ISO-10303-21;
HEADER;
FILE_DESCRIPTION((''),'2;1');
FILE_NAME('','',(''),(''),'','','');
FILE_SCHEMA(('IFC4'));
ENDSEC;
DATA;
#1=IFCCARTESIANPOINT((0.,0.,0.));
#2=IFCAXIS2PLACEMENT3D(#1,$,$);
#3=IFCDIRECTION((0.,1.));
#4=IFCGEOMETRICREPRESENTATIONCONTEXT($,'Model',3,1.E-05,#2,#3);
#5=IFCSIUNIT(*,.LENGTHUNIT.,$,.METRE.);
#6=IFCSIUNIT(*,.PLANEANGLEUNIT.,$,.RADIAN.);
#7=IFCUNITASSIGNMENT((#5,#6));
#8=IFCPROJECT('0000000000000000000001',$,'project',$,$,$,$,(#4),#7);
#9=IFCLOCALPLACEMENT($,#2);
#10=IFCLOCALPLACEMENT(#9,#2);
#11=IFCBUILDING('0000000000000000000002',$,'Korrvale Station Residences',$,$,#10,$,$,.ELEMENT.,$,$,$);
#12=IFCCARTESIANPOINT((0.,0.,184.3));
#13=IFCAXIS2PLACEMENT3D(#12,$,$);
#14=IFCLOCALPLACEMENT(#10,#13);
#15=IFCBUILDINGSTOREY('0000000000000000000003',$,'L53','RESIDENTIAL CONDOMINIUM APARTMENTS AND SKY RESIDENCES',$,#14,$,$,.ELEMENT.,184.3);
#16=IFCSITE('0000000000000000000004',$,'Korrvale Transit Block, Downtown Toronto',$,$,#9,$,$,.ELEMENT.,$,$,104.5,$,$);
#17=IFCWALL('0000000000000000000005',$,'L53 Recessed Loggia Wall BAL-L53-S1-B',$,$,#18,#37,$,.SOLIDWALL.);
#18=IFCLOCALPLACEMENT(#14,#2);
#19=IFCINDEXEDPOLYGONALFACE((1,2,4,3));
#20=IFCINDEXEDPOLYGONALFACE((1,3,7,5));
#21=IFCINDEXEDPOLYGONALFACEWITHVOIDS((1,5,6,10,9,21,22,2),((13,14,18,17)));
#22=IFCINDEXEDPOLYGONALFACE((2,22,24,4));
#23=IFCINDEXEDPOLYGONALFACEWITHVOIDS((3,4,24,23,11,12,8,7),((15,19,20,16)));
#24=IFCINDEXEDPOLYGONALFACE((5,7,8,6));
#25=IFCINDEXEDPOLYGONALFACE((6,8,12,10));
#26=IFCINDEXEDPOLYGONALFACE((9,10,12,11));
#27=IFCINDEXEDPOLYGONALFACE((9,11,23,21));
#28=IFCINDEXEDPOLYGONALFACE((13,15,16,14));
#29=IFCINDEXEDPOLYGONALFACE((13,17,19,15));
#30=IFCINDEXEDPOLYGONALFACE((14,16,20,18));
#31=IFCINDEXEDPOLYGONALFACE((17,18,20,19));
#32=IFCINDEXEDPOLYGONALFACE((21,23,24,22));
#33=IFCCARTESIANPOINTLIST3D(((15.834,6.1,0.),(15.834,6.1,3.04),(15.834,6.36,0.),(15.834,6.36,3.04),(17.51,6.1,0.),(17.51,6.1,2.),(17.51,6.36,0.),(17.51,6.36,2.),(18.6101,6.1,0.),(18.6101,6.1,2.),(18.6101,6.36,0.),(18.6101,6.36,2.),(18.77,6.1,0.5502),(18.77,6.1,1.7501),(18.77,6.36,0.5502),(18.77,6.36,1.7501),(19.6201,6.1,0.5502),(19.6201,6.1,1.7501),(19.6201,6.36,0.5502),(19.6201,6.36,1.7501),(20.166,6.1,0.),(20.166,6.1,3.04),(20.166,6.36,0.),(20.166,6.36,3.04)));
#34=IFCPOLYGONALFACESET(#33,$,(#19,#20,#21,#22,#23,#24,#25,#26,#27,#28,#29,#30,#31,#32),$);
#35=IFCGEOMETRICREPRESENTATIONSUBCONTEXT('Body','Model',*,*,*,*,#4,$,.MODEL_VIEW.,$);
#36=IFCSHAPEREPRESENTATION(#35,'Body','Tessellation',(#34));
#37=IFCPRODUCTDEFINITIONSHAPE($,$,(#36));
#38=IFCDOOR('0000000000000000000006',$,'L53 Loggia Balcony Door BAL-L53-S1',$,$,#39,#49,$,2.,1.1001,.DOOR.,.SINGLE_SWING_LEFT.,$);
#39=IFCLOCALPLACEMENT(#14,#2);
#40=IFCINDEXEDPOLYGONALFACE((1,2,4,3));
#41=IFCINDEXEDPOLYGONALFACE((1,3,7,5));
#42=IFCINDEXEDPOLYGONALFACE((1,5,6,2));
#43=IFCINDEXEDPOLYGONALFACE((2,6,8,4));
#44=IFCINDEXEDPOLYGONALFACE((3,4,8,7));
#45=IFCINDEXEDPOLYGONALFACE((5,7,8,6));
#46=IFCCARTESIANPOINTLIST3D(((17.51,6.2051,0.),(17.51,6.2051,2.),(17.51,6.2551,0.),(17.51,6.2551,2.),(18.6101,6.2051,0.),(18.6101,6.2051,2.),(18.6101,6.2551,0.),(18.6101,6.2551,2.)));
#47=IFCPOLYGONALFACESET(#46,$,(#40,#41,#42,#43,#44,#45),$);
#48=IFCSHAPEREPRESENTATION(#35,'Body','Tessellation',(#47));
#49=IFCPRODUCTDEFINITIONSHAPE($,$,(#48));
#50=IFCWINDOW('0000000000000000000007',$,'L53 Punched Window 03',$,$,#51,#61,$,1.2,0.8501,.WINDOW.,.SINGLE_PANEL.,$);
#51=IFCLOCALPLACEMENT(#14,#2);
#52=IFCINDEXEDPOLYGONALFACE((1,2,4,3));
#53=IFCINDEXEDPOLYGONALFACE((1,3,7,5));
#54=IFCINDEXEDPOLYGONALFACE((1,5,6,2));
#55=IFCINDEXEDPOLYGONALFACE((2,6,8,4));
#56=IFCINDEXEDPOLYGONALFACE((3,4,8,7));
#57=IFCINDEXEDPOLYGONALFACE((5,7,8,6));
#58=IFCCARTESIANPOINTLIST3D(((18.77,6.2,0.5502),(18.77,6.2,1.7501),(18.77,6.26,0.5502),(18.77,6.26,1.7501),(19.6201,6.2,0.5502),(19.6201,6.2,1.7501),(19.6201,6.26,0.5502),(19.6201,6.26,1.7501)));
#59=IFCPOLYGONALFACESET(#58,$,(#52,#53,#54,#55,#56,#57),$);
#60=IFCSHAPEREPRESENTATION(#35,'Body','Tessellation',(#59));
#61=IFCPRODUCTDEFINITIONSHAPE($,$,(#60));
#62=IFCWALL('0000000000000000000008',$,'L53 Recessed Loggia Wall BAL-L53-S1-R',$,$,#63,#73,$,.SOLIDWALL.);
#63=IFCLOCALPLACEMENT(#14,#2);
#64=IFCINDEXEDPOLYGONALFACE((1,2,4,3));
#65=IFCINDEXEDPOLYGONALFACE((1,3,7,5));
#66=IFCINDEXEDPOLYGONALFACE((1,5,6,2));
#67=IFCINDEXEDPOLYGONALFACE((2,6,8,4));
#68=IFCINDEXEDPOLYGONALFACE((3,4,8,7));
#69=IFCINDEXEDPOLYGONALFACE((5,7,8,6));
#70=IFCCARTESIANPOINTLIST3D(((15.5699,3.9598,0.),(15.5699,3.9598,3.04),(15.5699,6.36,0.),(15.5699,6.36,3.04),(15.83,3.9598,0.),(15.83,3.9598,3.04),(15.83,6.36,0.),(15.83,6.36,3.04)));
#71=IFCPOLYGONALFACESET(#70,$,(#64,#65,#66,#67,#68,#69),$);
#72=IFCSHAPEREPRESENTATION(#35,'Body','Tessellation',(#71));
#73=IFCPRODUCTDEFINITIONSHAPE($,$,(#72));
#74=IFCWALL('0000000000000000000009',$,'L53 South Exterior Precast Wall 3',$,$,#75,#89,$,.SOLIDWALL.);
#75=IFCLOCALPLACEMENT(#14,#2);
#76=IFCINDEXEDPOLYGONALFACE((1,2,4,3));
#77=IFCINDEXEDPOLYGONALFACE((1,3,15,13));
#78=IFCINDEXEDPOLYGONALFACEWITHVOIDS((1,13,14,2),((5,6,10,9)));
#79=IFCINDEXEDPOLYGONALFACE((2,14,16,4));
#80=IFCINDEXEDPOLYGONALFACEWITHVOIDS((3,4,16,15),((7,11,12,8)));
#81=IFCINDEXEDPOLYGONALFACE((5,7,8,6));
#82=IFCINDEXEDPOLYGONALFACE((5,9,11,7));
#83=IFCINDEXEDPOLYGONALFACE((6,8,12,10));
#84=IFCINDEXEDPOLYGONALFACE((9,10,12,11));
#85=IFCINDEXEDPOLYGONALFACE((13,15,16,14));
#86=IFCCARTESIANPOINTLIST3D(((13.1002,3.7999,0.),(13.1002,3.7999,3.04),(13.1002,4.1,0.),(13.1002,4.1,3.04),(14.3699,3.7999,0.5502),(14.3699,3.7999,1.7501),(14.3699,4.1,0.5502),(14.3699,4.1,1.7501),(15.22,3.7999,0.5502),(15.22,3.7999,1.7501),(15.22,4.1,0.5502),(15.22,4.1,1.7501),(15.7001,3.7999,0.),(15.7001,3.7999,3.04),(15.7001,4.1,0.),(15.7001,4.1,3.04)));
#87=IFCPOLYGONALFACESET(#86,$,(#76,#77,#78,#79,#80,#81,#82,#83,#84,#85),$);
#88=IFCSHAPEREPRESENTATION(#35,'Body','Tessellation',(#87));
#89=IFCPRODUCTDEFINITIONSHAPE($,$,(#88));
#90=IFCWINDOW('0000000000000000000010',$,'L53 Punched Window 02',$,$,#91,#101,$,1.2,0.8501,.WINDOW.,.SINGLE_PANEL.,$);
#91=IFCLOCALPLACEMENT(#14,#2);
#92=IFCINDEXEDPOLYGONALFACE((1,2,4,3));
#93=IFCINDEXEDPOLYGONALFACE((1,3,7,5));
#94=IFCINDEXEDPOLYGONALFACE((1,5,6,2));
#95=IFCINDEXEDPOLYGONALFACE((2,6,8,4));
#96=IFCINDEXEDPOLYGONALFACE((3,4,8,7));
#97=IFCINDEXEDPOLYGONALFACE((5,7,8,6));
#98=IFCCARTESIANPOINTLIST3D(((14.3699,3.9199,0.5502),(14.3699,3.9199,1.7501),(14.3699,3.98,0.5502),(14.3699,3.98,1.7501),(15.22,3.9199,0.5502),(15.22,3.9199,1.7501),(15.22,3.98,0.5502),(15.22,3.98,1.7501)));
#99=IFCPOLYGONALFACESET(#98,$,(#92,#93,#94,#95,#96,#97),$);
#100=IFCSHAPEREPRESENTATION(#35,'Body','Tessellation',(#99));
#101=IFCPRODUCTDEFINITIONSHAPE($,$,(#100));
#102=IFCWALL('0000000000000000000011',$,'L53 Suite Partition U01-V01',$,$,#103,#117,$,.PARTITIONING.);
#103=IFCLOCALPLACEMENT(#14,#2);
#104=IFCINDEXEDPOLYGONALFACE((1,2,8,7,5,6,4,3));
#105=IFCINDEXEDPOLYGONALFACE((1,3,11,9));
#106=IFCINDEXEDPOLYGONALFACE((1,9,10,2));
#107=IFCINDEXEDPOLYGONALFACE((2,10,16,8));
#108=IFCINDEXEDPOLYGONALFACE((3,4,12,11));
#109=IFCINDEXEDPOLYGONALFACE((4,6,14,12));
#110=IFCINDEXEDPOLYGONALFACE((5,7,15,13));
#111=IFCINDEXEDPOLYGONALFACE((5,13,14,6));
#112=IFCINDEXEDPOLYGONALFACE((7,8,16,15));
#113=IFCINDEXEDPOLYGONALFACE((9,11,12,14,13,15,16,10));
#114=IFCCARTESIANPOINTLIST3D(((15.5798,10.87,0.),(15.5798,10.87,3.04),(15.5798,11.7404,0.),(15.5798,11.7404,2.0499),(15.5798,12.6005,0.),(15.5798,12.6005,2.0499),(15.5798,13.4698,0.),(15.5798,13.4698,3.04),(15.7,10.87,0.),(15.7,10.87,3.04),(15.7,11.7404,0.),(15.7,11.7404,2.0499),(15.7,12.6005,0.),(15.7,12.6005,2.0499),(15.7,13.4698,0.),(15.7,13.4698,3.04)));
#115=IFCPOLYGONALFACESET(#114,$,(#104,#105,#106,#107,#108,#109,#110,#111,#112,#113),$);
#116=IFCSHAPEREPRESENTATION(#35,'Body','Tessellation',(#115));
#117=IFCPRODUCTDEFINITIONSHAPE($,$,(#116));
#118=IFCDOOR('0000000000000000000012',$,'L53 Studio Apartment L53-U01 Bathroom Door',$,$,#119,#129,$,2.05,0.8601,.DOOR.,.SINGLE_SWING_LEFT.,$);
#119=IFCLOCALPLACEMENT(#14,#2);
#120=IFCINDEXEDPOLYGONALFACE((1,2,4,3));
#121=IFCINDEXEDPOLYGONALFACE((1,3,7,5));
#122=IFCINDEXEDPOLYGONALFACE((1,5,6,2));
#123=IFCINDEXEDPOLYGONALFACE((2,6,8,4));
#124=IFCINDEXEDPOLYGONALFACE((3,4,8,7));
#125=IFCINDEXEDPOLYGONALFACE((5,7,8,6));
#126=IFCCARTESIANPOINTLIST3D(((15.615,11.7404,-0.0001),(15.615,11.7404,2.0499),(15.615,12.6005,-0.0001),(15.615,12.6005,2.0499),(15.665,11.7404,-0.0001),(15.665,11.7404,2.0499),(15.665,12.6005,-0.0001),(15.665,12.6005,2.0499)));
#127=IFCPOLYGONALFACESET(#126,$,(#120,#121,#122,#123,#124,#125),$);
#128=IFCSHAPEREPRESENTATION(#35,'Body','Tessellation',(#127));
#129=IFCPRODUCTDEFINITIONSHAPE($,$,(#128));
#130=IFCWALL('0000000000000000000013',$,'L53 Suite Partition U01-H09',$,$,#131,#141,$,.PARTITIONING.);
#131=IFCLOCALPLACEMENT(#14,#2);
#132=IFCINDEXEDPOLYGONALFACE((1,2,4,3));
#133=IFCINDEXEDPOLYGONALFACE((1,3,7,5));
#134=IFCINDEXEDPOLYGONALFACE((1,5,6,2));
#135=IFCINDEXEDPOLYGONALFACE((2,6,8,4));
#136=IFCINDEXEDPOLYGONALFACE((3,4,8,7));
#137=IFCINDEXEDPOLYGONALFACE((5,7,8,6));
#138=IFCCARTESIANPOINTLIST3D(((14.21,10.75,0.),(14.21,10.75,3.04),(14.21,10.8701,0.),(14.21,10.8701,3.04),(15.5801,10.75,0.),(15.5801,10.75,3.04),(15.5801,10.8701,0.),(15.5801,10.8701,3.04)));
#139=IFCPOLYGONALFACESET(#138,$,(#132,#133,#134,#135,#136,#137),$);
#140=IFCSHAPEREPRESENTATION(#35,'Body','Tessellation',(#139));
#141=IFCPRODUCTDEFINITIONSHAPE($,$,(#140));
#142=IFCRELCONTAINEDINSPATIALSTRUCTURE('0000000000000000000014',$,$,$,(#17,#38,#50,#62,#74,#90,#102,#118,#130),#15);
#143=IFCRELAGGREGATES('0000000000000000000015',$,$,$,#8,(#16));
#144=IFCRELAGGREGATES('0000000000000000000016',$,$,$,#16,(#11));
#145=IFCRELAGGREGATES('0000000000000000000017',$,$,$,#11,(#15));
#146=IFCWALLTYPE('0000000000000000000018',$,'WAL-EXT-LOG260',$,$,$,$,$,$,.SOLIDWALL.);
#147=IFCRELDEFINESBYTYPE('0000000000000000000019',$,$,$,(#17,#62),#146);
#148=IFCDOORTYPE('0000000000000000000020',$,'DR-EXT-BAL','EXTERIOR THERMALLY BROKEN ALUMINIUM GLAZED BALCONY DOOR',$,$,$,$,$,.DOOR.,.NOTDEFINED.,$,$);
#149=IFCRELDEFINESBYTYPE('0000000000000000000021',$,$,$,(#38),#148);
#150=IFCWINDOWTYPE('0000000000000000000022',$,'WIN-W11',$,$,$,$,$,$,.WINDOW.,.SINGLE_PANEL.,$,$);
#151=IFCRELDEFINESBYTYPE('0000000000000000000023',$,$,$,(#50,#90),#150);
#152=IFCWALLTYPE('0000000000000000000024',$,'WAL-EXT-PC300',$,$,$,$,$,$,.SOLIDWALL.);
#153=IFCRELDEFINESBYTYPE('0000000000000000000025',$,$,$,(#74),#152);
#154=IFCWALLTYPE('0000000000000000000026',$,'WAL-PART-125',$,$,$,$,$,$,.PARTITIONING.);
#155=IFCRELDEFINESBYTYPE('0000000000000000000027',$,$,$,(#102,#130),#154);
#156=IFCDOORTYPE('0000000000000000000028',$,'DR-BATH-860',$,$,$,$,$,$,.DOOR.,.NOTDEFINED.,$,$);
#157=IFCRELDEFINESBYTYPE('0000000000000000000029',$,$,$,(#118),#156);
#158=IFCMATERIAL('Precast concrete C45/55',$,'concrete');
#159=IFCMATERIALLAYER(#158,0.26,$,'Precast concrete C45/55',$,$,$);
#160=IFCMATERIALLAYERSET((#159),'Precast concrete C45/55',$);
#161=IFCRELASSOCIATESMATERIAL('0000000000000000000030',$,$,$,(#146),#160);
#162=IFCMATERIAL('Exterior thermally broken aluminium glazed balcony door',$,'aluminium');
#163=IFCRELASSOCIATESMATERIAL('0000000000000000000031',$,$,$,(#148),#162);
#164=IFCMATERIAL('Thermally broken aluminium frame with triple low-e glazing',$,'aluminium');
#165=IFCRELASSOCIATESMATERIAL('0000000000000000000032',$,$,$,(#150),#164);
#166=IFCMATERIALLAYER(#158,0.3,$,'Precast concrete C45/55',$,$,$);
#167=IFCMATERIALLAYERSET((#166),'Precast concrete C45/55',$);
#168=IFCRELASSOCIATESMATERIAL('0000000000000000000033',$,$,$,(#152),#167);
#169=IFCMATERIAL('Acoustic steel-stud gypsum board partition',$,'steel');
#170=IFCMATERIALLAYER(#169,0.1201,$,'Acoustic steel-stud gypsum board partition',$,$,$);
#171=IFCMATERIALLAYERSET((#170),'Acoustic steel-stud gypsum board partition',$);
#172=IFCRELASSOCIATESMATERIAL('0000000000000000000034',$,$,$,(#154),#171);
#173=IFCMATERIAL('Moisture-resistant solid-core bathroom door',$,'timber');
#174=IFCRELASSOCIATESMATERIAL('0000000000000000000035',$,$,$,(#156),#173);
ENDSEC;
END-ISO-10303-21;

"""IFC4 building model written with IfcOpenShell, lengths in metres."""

from ifc_helpers import new_model, si_unit, direction, frame, frame_2d, origin, place, context, subcontext, project, spatial, rectangle, extrude, material, layer, layer_set, type_object, element, fill, save


model = new_model("IFC4")

# Units and contexts
model_context = context("Model", 3, precision=1e-05, world=origin(), true_north=direction((0.0, 1.0)))
body_context = subcontext(model_context, "Body", "Model", "MODEL_VIEW")
ifc_project = project(units=[si_unit("LENGTHUNIT", "METRE"), si_unit("PLANEANGLEUNIT", "RADIAN")], contexts=[model_context])

# Site, building, storey
site_placement = place(None, origin())
site = spatial("IfcSite", under=ifc_project, at=site_placement, Name="Korrvale Transit Block, Downtown Toronto", CompositionType="ELEMENT", RefElevation=104.5)
building_placement = place(site_placement, origin())
building = spatial("IfcBuilding", under=site, at=building_placement, Name="Korrvale Station Residences", CompositionType="ELEMENT")
storey_placement = place(building_placement, frame((0.0, 0.0, 184.3)))
storey = spatial("IfcBuildingStorey", under=building, at=storey_placement, Name="L53", Description="RESIDENTIAL CONDOMINIUM APARTMENTS AND SKY RESIDENCES", CompositionType="ELEMENT", Elevation=184.3)

# Shared definitions
ifc_material_1 = material(Name="Precast concrete C45/55", Category="concrete")
ifc_layer_1 = layer(ifc_material_1, 0.26, Name="Precast concrete C45/55")
ifc_layer_set_1 = layer_set([ifc_layer_1], Name="Precast concrete C45/55")
wall_type_1 = type_object("IfcWallType", Name="WAL-EXT-LOG260", PredefinedType="SOLIDWALL", material=ifc_layer_set_1)

# Wall, openings, door, window
wall_1_placement = place(storey_placement, frame((20.166, 6.23, 0.0), z_axis=(0.0, 0.0, 1.0), x_axis=(-1.0, 0.0, 0.0)))
wall_1 = element("IfcWall", 1, at=wall_1_placement, inside=storey, type_object=wall_type_1, Name="L53 Recessed Loggia Wall BAL-L53-S1-B", PredefinedType="SOLIDWALL", context=body_context, shape_type="SweptSolid", body=[
    extrude(rectangle(XDim=4.332, YDim=0.26, at=frame_2d((2.166, 0.0))), origin(), (0.0, 0.0, 1.0), 3.04),
])
opening_1_placement = place(wall_1_placement, frame((1.5559, 0.0, 0.0)))
opening_1 = element("IfcOpeningElement", 2, at=opening_1_placement, cuts=wall_1, PredefinedType="OPENING", context=body_context, shape_type="SweptSolid", body=[
    extrude(rectangle(XDim=1.1001, YDim=2.0, at=frame_2d((0.55, 1.0))), frame((0.0, 0.1401, 0.0), z_axis=(0.0, -1.0, 0.0), x_axis=(1.0, 0.0, 0.0)), (0.0, 0.0, 1.0), 0.28),
])
opening_2_placement = place(wall_1_placement, frame((0.5459, 0.0, 0.55)))
opening_2 = element("IfcOpeningElement", 3, at=opening_2_placement, cuts=wall_1, PredefinedType="OPENING", context=body_context, shape_type="SweptSolid", body=[
    extrude(rectangle(XDim=0.8501, YDim=1.2, at=frame_2d((0.425, 0.6001))), frame((0.0, 0.1401, 0.0), z_axis=(0.0, -1.0, 0.0), x_axis=(1.0, 0.0, 0.0)), (0.0, 0.0, 1.0), 0.28),
])
ifc_material_2 = material(Name="Exterior thermally broken aluminium glazed balcony door", Category="aluminium")
door_type_1 = type_object("IfcDoorType", Name="DR-EXT-BAL", Description="EXTERIOR THERMALLY BROKEN ALUMINIUM GLAZED BALCONY DOOR", OperationType="NOTDEFINED", PredefinedType="DOOR", material=ifc_material_2)
door_1_placement = place(opening_1_placement, origin())
door_1 = element("IfcDoor", 4, at=door_1_placement, inside=storey, type_object=door_type_1, Name="L53 Loggia Balcony Door BAL-L53-S1", OperationType="SINGLE_SWING_LEFT", OverallHeight=2.0, OverallWidth=1.1001, PredefinedType="DOOR", context=body_context, shape_type="SweptSolid", body=[
    extrude(rectangle(XDim=1.1001, YDim=2.0, at=frame_2d((0.55, 1.0))), frame((0.0, 0.0249, 0.0), z_axis=(0.0, -1.0, 0.0), x_axis=(1.0, 0.0, 0.0)), (0.0, 0.0, 1.0), 0.05),
])
fill(opening_1, door_1)
ifc_material_3 = material(Name="Thermally broken aluminium frame with triple low-e glazing", Category="aluminium")
window_type = type_object("IfcWindowType", Name="WIN-W11", PartitioningType="SINGLE_PANEL", PredefinedType="WINDOW", material=ifc_material_3)
window_1_placement = place(opening_2_placement, origin())
window_1 = element("IfcWindow", 5, at=window_1_placement, inside=storey, type_object=window_type, Name="L53 Punched Window 03", OverallHeight=1.2, OverallWidth=0.8501, PartitioningType="SINGLE_PANEL", PredefinedType="WINDOW", context=body_context, shape_type="SweptSolid", body=[
    extrude(rectangle(XDim=0.8501, YDim=1.2, at=frame_2d((0.425, 0.6001))), frame((0.0, 0.03, 0.0), z_axis=(0.0, -1.0, 0.0), x_axis=(1.0, 0.0, 0.0)), (0.0, 0.0, 1.0), 0.0601),
])
fill(opening_2, window_1)

# Wall
wall_2_placement = place(storey_placement, frame((15.7, 6.3601, 0.0), z_axis=(0.0, 0.0, 1.0), x_axis=(0.0, -1.0, 0.0)))
element("IfcWall", 6, at=wall_2_placement, inside=storey, type_object=wall_type_1, Name="L53 Recessed Loggia Wall BAL-L53-S1-R", PredefinedType="SOLIDWALL", context=body_context, shape_type="SweptSolid", body=[
    extrude(rectangle(XDim=2.4001, YDim=0.26, at=frame_2d((1.2002, 0.0))), origin(), (0.0, 0.0, 1.0), 3.04),
])

# Wall, opening, window
ifc_layer_2 = layer(ifc_material_1, 0.3, Name="Precast concrete C45/55")
ifc_layer_set_2 = layer_set([ifc_layer_2], Name="Precast concrete C45/55")
wall_type_2 = type_object("IfcWallType", Name="WAL-EXT-PC300", PredefinedType="SOLIDWALL", material=ifc_layer_set_2)
wall_3_placement = place(storey_placement, frame((15.7, 3.95, 0.0), z_axis=(0.0, 0.0, 1.0), x_axis=(-1.0, 0.0, 0.0)))
wall_3 = element("IfcWall", 7, at=wall_3_placement, inside=storey, type_object=wall_type_2, Name="L53 South Exterior Precast Wall 3", PredefinedType="SOLIDWALL", context=body_context, shape_type="SweptSolid", body=[
    extrude(rectangle(XDim=2.5999, YDim=0.3, at=frame_2d((1.2998, 0.0))), origin(), (0.0, 0.0, 1.0), 3.04),
])
opening_3_placement = place(wall_3_placement, frame((0.48, 0.0, 0.55)))
opening_3 = element("IfcOpeningElement", 8, at=opening_3_placement, cuts=wall_3, PredefinedType="OPENING", context=body_context, shape_type="SweptSolid", body=[
    extrude(rectangle(XDim=0.8501, YDim=1.2, at=frame_2d((0.425, 0.6001))), frame((0.0, 0.1602, 0.0), z_axis=(0.0, -1.0, 0.0), x_axis=(1.0, 0.0, 0.0)), (0.0, 0.0, 1.0), 0.3201),
])
window_2_placement = place(opening_3_placement, origin())
window_2 = element("IfcWindow", 9, at=window_2_placement, inside=storey, type_object=window_type, Name="L53 Punched Window 02", OverallHeight=1.2, OverallWidth=0.8501, PartitioningType="SINGLE_PANEL", PredefinedType="WINDOW", context=body_context, shape_type="SweptSolid", body=[
    extrude(rectangle(XDim=0.8501, YDim=1.2, at=frame_2d((0.425, 0.6001))), frame((0.0, 0.03, 0.0), z_axis=(0.0, -1.0, 0.0), x_axis=(1.0, 0.0, 0.0)), (0.0, 0.0, 1.0), 0.0601),
])
fill(opening_3, window_2)

# Wall, opening, door
ifc_material_4 = material(Name="Acoustic steel-stud gypsum board partition", Category="steel")
ifc_layer_3 = layer(ifc_material_4, 0.1201, Name="Acoustic steel-stud gypsum board partition")
ifc_layer_set_3 = layer_set([ifc_layer_3], Name="Acoustic steel-stud gypsum board partition")
wall_type_3 = type_object("IfcWallType", Name="WAL-PART-125", PredefinedType="PARTITIONING", material=ifc_layer_set_3)
wall_4_placement = place(storey_placement, frame((15.6399, 10.8701, 0.0), z_axis=(0.0, 0.0, 1.0), x_axis=(0.0, 1.0, 0.0)))
wall_4 = element("IfcWall", 10, at=wall_4_placement, inside=storey, type_object=wall_type_3, Name="L53 Suite Partition U01-V01", PredefinedType="PARTITIONING", context=body_context, shape_type="SweptSolid", body=[
    extrude(rectangle(XDim=2.5999, YDim=0.1201, at=frame_2d((1.2998, 0.0))), origin(), (0.0, 0.0, 1.0), 3.04),
])
opening_4_placement = place(wall_4_placement, frame((0.8701, 0.0, 0.0)))
opening_4 = element("IfcOpeningElement", 11, at=opening_4_placement, cuts=wall_4, PredefinedType="OPENING", context=body_context, shape_type="SweptSolid", body=[
    extrude(rectangle(XDim=0.8601, YDim=2.05, at=frame_2d((0.4302, 1.0249))), frame((0.0, 0.0701, 0.0), z_axis=(0.0, -1.0, 0.0), x_axis=(1.0, 0.0, 0.0)), (0.0, 0.0, 1.0), 0.1401),
])
ifc_material_5 = material(Name="Moisture-resistant solid-core bathroom door", Category="timber")
door_type_2 = type_object("IfcDoorType", Name="DR-BATH-860", OperationType="NOTDEFINED", PredefinedType="DOOR", material=ifc_material_5)
door_2_placement = place(opening_4_placement, origin())
door_2 = element("IfcDoor", 12, at=door_2_placement, inside=storey, type_object=door_type_2, Name="L53 Studio Apartment L53-U01 Bathroom Door", OperationType="SINGLE_SWING_LEFT", OverallHeight=2.05, OverallWidth=0.8601, PredefinedType="DOOR", context=body_context, shape_type="SweptSolid", body=[
    extrude(rectangle(XDim=0.8601, YDim=2.05, at=frame_2d((0.4302, 1.0249))), frame((0.0, 0.0249, 0.0), z_axis=(0.0, -1.0, 0.0), x_axis=(1.0, 0.0, 0.0)), (0.0, 0.0, 1.0), 0.05),
])
fill(opening_4, door_2)

# Wall
wall_5_placement = place(storey_placement, frame((14.21, 10.8101, 0.0), z_axis=(0.0, 0.0, 1.0), x_axis=(1.0, 0.0, 0.0)))
element("IfcWall", 13, at=wall_5_placement, inside=storey, type_object=wall_type_3, Name="L53 Suite Partition U01-H09", PredefinedType="PARTITIONING", context=body_context, shape_type="SweptSolid", body=[
    extrude(rectangle(XDim=1.3701, YDim=0.1201, at=frame_2d((0.6851, 0.0))), origin(), (0.0, 0.0, 1.0), 3.04),
])

save(model, "model.ifc")
